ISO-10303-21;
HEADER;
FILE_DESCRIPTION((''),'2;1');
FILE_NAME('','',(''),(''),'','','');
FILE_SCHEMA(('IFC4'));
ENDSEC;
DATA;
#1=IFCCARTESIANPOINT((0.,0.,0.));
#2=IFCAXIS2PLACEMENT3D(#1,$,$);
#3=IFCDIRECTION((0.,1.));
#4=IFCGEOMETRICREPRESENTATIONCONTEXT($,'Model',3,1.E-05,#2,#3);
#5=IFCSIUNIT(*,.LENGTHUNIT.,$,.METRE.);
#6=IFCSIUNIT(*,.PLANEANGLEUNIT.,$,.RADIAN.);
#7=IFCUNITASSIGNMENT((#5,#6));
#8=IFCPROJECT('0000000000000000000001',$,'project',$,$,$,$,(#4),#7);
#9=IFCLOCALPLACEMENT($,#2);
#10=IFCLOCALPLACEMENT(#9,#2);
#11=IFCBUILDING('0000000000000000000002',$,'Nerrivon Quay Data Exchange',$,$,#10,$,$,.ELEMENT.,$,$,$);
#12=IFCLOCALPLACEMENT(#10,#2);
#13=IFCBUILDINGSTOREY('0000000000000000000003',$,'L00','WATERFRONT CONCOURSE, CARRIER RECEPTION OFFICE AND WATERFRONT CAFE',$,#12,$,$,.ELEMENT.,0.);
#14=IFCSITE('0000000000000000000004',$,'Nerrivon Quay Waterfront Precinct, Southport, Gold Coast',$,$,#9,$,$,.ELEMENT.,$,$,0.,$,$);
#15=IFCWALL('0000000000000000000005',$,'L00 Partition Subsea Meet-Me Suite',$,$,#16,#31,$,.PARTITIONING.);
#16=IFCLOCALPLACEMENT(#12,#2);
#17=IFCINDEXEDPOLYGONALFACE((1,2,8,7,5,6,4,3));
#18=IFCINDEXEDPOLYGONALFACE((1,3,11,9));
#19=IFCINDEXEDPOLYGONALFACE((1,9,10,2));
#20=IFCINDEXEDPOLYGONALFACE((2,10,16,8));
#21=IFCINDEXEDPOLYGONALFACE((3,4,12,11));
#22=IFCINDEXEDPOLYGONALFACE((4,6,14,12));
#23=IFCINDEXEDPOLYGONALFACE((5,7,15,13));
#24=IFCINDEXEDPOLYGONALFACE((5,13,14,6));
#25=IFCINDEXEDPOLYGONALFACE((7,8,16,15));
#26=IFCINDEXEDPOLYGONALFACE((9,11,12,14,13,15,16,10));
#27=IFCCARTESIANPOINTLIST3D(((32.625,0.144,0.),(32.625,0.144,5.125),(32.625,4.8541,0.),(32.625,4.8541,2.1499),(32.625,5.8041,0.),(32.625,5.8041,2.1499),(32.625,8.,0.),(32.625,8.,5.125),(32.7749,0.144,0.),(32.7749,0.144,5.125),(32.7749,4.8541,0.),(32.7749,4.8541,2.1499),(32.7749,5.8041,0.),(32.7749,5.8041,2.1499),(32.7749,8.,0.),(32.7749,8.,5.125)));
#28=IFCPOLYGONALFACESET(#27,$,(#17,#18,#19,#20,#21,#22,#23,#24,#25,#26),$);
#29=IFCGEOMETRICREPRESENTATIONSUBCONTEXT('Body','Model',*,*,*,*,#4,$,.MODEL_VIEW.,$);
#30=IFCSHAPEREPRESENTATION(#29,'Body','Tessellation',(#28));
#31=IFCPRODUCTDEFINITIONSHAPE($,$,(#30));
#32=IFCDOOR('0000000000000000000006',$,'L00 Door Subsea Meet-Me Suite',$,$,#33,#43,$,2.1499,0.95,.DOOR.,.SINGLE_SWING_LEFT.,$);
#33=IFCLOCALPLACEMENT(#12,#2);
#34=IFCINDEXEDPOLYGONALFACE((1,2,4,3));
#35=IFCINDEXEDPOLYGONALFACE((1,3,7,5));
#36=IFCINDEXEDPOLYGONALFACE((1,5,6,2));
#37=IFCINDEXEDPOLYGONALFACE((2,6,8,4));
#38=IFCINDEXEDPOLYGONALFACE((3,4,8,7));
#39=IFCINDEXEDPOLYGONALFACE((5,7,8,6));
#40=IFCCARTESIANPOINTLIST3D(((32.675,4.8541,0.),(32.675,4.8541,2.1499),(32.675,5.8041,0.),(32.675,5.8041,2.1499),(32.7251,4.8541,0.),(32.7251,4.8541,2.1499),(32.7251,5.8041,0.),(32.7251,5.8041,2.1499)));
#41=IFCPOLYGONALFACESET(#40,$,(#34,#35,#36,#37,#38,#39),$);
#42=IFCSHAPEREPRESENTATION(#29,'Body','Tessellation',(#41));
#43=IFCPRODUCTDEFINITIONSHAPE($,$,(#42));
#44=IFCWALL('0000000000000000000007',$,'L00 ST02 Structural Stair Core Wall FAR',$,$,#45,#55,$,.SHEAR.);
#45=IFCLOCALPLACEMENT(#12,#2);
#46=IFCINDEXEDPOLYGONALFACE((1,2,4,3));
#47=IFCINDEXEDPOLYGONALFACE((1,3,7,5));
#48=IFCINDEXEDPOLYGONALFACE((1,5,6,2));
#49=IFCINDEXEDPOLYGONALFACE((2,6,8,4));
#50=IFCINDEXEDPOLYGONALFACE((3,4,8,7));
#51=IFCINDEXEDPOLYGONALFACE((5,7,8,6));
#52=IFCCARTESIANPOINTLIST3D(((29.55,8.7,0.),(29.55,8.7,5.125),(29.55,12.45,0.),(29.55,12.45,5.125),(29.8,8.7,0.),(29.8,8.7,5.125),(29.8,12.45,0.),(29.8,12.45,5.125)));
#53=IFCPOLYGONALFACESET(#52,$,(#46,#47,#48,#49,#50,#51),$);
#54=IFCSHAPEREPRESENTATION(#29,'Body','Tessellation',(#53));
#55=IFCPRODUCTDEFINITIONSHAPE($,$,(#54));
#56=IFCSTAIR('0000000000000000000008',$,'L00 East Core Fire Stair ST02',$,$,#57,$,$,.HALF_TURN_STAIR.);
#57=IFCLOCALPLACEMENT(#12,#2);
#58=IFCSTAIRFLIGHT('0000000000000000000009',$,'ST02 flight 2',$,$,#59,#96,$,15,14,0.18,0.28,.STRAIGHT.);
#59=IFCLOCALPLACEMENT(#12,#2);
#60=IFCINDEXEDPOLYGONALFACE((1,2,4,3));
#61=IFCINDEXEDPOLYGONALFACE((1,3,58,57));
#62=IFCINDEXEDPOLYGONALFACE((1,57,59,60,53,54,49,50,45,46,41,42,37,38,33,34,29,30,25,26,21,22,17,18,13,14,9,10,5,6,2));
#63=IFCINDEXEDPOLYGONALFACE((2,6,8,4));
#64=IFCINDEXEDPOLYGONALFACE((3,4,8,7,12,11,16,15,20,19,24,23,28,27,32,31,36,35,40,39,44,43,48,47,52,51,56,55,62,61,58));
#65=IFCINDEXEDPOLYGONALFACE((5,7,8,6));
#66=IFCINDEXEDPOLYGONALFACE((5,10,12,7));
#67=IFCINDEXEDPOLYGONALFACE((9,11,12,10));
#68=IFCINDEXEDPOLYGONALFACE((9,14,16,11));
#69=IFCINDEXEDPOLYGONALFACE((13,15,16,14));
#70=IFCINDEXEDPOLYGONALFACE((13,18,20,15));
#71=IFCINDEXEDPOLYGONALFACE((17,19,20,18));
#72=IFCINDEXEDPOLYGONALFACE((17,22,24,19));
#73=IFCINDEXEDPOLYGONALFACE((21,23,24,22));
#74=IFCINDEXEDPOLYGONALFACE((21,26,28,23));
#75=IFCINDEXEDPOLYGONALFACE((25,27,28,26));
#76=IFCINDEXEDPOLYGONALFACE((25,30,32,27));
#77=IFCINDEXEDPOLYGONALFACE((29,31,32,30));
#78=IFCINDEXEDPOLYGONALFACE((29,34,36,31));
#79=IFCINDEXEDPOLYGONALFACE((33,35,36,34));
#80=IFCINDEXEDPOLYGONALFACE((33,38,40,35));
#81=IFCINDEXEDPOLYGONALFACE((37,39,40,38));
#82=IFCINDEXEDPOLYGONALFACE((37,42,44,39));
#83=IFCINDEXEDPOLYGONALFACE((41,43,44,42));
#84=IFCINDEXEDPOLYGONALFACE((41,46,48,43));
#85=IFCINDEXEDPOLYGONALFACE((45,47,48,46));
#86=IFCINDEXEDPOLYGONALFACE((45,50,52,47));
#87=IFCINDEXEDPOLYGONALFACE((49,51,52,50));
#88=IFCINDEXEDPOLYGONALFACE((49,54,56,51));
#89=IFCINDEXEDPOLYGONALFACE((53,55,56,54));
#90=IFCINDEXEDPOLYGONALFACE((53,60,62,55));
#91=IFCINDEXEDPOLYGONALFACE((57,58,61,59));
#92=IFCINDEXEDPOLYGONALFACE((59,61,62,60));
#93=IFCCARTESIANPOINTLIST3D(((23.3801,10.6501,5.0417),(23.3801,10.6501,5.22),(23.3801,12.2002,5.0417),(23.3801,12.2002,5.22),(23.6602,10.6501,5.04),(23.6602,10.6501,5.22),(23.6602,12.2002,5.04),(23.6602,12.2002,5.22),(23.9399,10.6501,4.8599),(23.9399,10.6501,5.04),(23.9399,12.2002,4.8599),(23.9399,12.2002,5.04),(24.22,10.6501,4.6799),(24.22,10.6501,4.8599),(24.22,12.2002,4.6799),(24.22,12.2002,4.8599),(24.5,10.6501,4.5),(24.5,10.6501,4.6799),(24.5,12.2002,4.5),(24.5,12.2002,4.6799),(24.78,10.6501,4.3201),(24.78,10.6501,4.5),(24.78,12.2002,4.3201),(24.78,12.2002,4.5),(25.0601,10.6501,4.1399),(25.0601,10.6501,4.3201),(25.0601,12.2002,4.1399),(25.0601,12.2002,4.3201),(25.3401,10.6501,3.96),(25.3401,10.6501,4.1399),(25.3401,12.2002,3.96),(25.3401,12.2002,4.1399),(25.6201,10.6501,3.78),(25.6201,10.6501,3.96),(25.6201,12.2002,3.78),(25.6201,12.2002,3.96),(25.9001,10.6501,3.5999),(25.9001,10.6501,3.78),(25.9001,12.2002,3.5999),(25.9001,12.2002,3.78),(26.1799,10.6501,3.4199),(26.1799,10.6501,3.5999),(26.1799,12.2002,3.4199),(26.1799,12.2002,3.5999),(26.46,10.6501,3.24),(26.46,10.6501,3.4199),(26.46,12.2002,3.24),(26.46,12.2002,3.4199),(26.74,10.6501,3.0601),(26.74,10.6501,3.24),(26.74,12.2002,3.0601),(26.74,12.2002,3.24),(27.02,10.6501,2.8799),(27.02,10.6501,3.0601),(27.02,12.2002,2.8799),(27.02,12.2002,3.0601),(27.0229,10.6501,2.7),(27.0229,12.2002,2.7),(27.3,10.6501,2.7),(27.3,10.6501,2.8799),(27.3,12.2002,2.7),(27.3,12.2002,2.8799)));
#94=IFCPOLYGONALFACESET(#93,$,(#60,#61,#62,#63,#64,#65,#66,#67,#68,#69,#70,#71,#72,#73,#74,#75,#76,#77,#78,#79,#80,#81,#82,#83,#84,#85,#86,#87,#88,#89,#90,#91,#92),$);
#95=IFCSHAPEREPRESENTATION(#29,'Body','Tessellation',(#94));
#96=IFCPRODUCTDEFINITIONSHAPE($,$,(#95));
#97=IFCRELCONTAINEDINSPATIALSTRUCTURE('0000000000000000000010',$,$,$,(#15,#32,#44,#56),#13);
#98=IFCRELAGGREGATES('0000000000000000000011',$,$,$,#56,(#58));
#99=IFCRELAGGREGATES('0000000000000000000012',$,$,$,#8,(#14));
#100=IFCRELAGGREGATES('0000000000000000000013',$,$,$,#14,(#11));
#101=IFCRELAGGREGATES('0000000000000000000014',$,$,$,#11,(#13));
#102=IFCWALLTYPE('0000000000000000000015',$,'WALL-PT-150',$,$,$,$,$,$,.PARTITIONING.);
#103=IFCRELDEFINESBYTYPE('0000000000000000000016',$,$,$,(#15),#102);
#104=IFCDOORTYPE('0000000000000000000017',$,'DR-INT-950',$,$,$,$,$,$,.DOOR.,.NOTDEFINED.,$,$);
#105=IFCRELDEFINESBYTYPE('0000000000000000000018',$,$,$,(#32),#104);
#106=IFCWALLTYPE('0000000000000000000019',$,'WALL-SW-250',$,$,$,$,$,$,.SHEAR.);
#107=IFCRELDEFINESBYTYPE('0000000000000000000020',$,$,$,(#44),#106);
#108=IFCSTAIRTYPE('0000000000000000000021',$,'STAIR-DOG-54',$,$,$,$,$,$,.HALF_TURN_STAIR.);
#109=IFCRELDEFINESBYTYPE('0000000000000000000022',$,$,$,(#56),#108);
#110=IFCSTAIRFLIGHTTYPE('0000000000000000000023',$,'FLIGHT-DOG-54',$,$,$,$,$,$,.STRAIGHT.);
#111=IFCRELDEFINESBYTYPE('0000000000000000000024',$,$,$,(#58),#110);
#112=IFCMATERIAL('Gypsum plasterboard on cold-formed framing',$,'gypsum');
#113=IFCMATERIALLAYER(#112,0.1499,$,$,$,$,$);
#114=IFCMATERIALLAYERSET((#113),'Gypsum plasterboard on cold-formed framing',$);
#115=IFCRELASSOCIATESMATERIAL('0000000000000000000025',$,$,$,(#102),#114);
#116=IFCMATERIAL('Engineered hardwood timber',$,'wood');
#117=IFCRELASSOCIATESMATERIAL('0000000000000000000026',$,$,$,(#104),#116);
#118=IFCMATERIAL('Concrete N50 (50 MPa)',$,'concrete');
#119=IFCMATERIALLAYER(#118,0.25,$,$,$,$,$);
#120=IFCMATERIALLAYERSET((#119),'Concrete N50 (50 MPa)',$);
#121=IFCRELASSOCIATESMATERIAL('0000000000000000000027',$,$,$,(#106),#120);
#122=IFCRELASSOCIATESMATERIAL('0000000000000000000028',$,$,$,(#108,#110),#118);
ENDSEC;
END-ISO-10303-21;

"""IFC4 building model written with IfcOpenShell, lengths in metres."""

from ifc_helpers import new_model, si_unit, direction, frame, frame_2d, origin, place, context, subcontext, project, spatial, polyline, rectangle, outline, extrude, material, layer, layer_set, type_object, element, fill, aggregate, save


model = new_model("IFC4")

# Units and contexts
model_context = context("Model", 3, precision=1e-05, world=origin(), true_north=direction((0.0, 1.0)))
body_context = subcontext(model_context, "Body", "Model", "MODEL_VIEW")
ifc_project = project(units=[si_unit("LENGTHUNIT", "METRE"), si_unit("PLANEANGLEUNIT", "RADIAN")], contexts=[model_context])

# Site, building, storey
site_placement = place(None, origin())
site = spatial("IfcSite", under=ifc_project, at=site_placement, Name="Nerrivon Quay Waterfront Precinct, Southport, Gold Coast", CompositionType="ELEMENT", RefElevation=0.0)
building_placement = place(site_placement, origin())
building = spatial("IfcBuilding", under=site, at=building_placement, Name="Nerrivon Quay Data Exchange", CompositionType="ELEMENT")
storey_placement = place(building_placement, origin())
storey = spatial("IfcBuildingStorey", under=building, at=storey_placement, Name="L00", Description="WATERFRONT CONCOURSE, CARRIER RECEPTION OFFICE AND WATERFRONT CAFE", CompositionType="ELEMENT", Elevation=0.0)

# Shared definitions
ifc_material_1 = material(Name="Gypsum plasterboard on cold-formed framing", Category="gypsum")

# Wall, opening, door
ifc_layer_1 = layer(ifc_material_1, 0.1499)
ifc_layer_set_1 = layer_set([ifc_layer_1], Name="Gypsum plasterboard on cold-formed framing")
wall_type_1 = type_object("IfcWallType", Name="WALL-PT-150", PredefinedType="PARTITIONING", material=ifc_layer_set_1)
wall_1_placement = place(storey_placement, frame((32.7, 0.144, 0.0), z_axis=(0.0, 0.0, 1.0), x_axis=(0.0, 1.0, 0.0)))
wall_1 = element("IfcWall", 1, at=wall_1_placement, inside=storey, type_object=wall_type_1, Name="L00 Partition Subsea Meet-Me Suite", PredefinedType="PARTITIONING", context=body_context, shape_type="SweptSolid", body=[
    extrude(rectangle(XDim=7.856, YDim=0.1499, at=frame_2d((3.928, 0.0))), origin(), (0.0, 0.0, 1.0), 5.125),
])
opening_1_placement = place(wall_1_placement, frame((4.71, 0.0, 0.0)))
opening_1 = element("IfcOpeningElement", 2, at=opening_1_placement, cuts=wall_1, PredefinedType="OPENING", context=body_context, shape_type="SweptSolid", body=[
    extrude(rectangle(XDim=0.95, YDim=2.1499, at=frame_2d((0.4751, 1.075))), frame((0.0, 0.085, 0.0), z_axis=(0.0, -1.0, 0.0), x_axis=(1.0, 0.0, 0.0)), (0.0, 0.0, 1.0), 0.1699),
])
ifc_material_2 = material(Name="Engineered hardwood timber", Category="wood")
door_type_1 = type_object("IfcDoorType", Name="DR-INT-950", OperationType="NOTDEFINED", PredefinedType="DOOR", material=ifc_material_2)
door_1_placement = place(opening_1_placement, origin())
door_1 = element("IfcDoor", 3, at=door_1_placement, inside=storey, type_object=door_type_1, Name="L00 Door Subsea Meet-Me Suite", OperationType="SINGLE_SWING_LEFT", OverallHeight=2.1499, OverallWidth=0.95, PredefinedType="DOOR", context=body_context, shape_type="SweptSolid", body=[
    extrude(rectangle(XDim=0.95, YDim=2.1499, at=frame_2d((0.4751, 1.075))), frame((0.0, 0.0249, 0.0), z_axis=(0.0, -1.0, 0.0), x_axis=(1.0, 0.0, 0.0)), (0.0, 0.0, 1.0), 0.05),
])
fill(opening_1, door_1)

# Wall
ifc_material_3 = material(Name="Concrete N50 (50 MPa)", Category="concrete")
ifc_layer_2 = layer(ifc_material_3, 0.25)
ifc_layer_set_2 = layer_set([ifc_layer_2], Name="Concrete N50 (50 MPa)")
wall_type_2 = type_object("IfcWallType", Name="WALL-SW-250", PredefinedType="SHEAR", material=ifc_layer_set_2)
wall_2_placement = place(storey_placement, frame((29.675, 8.7, 0.0), z_axis=(0.0, 0.0, 1.0), x_axis=(0.0, 1.0, 0.0)))
element("IfcWall", 4, at=wall_2_placement, inside=storey, type_object=wall_type_2, Name="L00 ST02 Structural Stair Core Wall FAR", PredefinedType="SHEAR", context=body_context, shape_type="SweptSolid", body=[
    extrude(rectangle(XDim=3.75, YDim=0.25, at=frame_2d((1.875, 0.0))), origin(), (0.0, 0.0, 1.0), 5.125),
])

# Stair, stair flight
stair_type = type_object("IfcStairType", Name="STAIR-DOG-54", PredefinedType="HALF_TURN_STAIR", material=ifc_material_3)
stair_placement = place(storey_placement, origin())
stair = element("IfcStair", 5, at=stair_placement, inside=storey, type_object=stair_type, Name="L00 East Core Fire Stair ST02", PredefinedType="HALF_TURN_STAIR")
stair_flight_type = type_object("IfcStairFlightType", Name="FLIGHT-DOG-54", PredefinedType="STRAIGHT", material=ifc_material_3)
stair_flight_placement = place(storey_placement, frame((27.3, 11.425, 2.7), z_axis=(0.0, 0.0, 1.0), x_axis=(-1.0, 0.0, 0.0)))
stair_flight = element("IfcStairFlight", 6, at=stair_flight_placement, type_object=stair_flight_type, Name="ST02 flight 2", NumberOfRisers=15, NumberOfTreads=14, PredefinedType="STRAIGHT", RiserHeight=0.18, TreadLength=0.28, context=body_context, shape_type="SweptSolid", body=[
    extrude(outline(polyline([(0.0, 0.0), (0.0, 0.1799), (0.28, 0.1799), (0.28, 0.3601), (0.5601, 0.3601), (0.5601, 0.54), (0.8401, 0.54), (0.8401, 0.72), (1.1201, 0.72), (1.1201, 0.8999), (1.3999, 0.8999), (1.3999, 1.0801), (1.6799, 1.0801), (1.6799, 1.26), (1.96, 1.26), (1.96, 1.4399), (2.24, 1.4399), (2.24, 1.6201), (2.52, 1.6201), (2.52, 1.8), (2.8, 1.8), (2.8, 1.98), (3.0801, 1.98), (3.0801, 2.1599), (3.3601, 2.1599), (3.3601, 2.3401), (3.6399, 2.3401), (3.6399, 2.52), (3.9199, 2.52), (3.9199, 2.7), (3.9199, 2.3418), (0.2771, 0.0), (0.0, 0.0)])), frame((0.0, 0.7749, 0.0), z_axis=(0.0, -1.0, 0.0), x_axis=(1.0, 0.0, 0.0)), (0.0, 0.0, 1.0), 1.55),
])
aggregate(stair, [stair_flight])

save(model, "model.ifc")
